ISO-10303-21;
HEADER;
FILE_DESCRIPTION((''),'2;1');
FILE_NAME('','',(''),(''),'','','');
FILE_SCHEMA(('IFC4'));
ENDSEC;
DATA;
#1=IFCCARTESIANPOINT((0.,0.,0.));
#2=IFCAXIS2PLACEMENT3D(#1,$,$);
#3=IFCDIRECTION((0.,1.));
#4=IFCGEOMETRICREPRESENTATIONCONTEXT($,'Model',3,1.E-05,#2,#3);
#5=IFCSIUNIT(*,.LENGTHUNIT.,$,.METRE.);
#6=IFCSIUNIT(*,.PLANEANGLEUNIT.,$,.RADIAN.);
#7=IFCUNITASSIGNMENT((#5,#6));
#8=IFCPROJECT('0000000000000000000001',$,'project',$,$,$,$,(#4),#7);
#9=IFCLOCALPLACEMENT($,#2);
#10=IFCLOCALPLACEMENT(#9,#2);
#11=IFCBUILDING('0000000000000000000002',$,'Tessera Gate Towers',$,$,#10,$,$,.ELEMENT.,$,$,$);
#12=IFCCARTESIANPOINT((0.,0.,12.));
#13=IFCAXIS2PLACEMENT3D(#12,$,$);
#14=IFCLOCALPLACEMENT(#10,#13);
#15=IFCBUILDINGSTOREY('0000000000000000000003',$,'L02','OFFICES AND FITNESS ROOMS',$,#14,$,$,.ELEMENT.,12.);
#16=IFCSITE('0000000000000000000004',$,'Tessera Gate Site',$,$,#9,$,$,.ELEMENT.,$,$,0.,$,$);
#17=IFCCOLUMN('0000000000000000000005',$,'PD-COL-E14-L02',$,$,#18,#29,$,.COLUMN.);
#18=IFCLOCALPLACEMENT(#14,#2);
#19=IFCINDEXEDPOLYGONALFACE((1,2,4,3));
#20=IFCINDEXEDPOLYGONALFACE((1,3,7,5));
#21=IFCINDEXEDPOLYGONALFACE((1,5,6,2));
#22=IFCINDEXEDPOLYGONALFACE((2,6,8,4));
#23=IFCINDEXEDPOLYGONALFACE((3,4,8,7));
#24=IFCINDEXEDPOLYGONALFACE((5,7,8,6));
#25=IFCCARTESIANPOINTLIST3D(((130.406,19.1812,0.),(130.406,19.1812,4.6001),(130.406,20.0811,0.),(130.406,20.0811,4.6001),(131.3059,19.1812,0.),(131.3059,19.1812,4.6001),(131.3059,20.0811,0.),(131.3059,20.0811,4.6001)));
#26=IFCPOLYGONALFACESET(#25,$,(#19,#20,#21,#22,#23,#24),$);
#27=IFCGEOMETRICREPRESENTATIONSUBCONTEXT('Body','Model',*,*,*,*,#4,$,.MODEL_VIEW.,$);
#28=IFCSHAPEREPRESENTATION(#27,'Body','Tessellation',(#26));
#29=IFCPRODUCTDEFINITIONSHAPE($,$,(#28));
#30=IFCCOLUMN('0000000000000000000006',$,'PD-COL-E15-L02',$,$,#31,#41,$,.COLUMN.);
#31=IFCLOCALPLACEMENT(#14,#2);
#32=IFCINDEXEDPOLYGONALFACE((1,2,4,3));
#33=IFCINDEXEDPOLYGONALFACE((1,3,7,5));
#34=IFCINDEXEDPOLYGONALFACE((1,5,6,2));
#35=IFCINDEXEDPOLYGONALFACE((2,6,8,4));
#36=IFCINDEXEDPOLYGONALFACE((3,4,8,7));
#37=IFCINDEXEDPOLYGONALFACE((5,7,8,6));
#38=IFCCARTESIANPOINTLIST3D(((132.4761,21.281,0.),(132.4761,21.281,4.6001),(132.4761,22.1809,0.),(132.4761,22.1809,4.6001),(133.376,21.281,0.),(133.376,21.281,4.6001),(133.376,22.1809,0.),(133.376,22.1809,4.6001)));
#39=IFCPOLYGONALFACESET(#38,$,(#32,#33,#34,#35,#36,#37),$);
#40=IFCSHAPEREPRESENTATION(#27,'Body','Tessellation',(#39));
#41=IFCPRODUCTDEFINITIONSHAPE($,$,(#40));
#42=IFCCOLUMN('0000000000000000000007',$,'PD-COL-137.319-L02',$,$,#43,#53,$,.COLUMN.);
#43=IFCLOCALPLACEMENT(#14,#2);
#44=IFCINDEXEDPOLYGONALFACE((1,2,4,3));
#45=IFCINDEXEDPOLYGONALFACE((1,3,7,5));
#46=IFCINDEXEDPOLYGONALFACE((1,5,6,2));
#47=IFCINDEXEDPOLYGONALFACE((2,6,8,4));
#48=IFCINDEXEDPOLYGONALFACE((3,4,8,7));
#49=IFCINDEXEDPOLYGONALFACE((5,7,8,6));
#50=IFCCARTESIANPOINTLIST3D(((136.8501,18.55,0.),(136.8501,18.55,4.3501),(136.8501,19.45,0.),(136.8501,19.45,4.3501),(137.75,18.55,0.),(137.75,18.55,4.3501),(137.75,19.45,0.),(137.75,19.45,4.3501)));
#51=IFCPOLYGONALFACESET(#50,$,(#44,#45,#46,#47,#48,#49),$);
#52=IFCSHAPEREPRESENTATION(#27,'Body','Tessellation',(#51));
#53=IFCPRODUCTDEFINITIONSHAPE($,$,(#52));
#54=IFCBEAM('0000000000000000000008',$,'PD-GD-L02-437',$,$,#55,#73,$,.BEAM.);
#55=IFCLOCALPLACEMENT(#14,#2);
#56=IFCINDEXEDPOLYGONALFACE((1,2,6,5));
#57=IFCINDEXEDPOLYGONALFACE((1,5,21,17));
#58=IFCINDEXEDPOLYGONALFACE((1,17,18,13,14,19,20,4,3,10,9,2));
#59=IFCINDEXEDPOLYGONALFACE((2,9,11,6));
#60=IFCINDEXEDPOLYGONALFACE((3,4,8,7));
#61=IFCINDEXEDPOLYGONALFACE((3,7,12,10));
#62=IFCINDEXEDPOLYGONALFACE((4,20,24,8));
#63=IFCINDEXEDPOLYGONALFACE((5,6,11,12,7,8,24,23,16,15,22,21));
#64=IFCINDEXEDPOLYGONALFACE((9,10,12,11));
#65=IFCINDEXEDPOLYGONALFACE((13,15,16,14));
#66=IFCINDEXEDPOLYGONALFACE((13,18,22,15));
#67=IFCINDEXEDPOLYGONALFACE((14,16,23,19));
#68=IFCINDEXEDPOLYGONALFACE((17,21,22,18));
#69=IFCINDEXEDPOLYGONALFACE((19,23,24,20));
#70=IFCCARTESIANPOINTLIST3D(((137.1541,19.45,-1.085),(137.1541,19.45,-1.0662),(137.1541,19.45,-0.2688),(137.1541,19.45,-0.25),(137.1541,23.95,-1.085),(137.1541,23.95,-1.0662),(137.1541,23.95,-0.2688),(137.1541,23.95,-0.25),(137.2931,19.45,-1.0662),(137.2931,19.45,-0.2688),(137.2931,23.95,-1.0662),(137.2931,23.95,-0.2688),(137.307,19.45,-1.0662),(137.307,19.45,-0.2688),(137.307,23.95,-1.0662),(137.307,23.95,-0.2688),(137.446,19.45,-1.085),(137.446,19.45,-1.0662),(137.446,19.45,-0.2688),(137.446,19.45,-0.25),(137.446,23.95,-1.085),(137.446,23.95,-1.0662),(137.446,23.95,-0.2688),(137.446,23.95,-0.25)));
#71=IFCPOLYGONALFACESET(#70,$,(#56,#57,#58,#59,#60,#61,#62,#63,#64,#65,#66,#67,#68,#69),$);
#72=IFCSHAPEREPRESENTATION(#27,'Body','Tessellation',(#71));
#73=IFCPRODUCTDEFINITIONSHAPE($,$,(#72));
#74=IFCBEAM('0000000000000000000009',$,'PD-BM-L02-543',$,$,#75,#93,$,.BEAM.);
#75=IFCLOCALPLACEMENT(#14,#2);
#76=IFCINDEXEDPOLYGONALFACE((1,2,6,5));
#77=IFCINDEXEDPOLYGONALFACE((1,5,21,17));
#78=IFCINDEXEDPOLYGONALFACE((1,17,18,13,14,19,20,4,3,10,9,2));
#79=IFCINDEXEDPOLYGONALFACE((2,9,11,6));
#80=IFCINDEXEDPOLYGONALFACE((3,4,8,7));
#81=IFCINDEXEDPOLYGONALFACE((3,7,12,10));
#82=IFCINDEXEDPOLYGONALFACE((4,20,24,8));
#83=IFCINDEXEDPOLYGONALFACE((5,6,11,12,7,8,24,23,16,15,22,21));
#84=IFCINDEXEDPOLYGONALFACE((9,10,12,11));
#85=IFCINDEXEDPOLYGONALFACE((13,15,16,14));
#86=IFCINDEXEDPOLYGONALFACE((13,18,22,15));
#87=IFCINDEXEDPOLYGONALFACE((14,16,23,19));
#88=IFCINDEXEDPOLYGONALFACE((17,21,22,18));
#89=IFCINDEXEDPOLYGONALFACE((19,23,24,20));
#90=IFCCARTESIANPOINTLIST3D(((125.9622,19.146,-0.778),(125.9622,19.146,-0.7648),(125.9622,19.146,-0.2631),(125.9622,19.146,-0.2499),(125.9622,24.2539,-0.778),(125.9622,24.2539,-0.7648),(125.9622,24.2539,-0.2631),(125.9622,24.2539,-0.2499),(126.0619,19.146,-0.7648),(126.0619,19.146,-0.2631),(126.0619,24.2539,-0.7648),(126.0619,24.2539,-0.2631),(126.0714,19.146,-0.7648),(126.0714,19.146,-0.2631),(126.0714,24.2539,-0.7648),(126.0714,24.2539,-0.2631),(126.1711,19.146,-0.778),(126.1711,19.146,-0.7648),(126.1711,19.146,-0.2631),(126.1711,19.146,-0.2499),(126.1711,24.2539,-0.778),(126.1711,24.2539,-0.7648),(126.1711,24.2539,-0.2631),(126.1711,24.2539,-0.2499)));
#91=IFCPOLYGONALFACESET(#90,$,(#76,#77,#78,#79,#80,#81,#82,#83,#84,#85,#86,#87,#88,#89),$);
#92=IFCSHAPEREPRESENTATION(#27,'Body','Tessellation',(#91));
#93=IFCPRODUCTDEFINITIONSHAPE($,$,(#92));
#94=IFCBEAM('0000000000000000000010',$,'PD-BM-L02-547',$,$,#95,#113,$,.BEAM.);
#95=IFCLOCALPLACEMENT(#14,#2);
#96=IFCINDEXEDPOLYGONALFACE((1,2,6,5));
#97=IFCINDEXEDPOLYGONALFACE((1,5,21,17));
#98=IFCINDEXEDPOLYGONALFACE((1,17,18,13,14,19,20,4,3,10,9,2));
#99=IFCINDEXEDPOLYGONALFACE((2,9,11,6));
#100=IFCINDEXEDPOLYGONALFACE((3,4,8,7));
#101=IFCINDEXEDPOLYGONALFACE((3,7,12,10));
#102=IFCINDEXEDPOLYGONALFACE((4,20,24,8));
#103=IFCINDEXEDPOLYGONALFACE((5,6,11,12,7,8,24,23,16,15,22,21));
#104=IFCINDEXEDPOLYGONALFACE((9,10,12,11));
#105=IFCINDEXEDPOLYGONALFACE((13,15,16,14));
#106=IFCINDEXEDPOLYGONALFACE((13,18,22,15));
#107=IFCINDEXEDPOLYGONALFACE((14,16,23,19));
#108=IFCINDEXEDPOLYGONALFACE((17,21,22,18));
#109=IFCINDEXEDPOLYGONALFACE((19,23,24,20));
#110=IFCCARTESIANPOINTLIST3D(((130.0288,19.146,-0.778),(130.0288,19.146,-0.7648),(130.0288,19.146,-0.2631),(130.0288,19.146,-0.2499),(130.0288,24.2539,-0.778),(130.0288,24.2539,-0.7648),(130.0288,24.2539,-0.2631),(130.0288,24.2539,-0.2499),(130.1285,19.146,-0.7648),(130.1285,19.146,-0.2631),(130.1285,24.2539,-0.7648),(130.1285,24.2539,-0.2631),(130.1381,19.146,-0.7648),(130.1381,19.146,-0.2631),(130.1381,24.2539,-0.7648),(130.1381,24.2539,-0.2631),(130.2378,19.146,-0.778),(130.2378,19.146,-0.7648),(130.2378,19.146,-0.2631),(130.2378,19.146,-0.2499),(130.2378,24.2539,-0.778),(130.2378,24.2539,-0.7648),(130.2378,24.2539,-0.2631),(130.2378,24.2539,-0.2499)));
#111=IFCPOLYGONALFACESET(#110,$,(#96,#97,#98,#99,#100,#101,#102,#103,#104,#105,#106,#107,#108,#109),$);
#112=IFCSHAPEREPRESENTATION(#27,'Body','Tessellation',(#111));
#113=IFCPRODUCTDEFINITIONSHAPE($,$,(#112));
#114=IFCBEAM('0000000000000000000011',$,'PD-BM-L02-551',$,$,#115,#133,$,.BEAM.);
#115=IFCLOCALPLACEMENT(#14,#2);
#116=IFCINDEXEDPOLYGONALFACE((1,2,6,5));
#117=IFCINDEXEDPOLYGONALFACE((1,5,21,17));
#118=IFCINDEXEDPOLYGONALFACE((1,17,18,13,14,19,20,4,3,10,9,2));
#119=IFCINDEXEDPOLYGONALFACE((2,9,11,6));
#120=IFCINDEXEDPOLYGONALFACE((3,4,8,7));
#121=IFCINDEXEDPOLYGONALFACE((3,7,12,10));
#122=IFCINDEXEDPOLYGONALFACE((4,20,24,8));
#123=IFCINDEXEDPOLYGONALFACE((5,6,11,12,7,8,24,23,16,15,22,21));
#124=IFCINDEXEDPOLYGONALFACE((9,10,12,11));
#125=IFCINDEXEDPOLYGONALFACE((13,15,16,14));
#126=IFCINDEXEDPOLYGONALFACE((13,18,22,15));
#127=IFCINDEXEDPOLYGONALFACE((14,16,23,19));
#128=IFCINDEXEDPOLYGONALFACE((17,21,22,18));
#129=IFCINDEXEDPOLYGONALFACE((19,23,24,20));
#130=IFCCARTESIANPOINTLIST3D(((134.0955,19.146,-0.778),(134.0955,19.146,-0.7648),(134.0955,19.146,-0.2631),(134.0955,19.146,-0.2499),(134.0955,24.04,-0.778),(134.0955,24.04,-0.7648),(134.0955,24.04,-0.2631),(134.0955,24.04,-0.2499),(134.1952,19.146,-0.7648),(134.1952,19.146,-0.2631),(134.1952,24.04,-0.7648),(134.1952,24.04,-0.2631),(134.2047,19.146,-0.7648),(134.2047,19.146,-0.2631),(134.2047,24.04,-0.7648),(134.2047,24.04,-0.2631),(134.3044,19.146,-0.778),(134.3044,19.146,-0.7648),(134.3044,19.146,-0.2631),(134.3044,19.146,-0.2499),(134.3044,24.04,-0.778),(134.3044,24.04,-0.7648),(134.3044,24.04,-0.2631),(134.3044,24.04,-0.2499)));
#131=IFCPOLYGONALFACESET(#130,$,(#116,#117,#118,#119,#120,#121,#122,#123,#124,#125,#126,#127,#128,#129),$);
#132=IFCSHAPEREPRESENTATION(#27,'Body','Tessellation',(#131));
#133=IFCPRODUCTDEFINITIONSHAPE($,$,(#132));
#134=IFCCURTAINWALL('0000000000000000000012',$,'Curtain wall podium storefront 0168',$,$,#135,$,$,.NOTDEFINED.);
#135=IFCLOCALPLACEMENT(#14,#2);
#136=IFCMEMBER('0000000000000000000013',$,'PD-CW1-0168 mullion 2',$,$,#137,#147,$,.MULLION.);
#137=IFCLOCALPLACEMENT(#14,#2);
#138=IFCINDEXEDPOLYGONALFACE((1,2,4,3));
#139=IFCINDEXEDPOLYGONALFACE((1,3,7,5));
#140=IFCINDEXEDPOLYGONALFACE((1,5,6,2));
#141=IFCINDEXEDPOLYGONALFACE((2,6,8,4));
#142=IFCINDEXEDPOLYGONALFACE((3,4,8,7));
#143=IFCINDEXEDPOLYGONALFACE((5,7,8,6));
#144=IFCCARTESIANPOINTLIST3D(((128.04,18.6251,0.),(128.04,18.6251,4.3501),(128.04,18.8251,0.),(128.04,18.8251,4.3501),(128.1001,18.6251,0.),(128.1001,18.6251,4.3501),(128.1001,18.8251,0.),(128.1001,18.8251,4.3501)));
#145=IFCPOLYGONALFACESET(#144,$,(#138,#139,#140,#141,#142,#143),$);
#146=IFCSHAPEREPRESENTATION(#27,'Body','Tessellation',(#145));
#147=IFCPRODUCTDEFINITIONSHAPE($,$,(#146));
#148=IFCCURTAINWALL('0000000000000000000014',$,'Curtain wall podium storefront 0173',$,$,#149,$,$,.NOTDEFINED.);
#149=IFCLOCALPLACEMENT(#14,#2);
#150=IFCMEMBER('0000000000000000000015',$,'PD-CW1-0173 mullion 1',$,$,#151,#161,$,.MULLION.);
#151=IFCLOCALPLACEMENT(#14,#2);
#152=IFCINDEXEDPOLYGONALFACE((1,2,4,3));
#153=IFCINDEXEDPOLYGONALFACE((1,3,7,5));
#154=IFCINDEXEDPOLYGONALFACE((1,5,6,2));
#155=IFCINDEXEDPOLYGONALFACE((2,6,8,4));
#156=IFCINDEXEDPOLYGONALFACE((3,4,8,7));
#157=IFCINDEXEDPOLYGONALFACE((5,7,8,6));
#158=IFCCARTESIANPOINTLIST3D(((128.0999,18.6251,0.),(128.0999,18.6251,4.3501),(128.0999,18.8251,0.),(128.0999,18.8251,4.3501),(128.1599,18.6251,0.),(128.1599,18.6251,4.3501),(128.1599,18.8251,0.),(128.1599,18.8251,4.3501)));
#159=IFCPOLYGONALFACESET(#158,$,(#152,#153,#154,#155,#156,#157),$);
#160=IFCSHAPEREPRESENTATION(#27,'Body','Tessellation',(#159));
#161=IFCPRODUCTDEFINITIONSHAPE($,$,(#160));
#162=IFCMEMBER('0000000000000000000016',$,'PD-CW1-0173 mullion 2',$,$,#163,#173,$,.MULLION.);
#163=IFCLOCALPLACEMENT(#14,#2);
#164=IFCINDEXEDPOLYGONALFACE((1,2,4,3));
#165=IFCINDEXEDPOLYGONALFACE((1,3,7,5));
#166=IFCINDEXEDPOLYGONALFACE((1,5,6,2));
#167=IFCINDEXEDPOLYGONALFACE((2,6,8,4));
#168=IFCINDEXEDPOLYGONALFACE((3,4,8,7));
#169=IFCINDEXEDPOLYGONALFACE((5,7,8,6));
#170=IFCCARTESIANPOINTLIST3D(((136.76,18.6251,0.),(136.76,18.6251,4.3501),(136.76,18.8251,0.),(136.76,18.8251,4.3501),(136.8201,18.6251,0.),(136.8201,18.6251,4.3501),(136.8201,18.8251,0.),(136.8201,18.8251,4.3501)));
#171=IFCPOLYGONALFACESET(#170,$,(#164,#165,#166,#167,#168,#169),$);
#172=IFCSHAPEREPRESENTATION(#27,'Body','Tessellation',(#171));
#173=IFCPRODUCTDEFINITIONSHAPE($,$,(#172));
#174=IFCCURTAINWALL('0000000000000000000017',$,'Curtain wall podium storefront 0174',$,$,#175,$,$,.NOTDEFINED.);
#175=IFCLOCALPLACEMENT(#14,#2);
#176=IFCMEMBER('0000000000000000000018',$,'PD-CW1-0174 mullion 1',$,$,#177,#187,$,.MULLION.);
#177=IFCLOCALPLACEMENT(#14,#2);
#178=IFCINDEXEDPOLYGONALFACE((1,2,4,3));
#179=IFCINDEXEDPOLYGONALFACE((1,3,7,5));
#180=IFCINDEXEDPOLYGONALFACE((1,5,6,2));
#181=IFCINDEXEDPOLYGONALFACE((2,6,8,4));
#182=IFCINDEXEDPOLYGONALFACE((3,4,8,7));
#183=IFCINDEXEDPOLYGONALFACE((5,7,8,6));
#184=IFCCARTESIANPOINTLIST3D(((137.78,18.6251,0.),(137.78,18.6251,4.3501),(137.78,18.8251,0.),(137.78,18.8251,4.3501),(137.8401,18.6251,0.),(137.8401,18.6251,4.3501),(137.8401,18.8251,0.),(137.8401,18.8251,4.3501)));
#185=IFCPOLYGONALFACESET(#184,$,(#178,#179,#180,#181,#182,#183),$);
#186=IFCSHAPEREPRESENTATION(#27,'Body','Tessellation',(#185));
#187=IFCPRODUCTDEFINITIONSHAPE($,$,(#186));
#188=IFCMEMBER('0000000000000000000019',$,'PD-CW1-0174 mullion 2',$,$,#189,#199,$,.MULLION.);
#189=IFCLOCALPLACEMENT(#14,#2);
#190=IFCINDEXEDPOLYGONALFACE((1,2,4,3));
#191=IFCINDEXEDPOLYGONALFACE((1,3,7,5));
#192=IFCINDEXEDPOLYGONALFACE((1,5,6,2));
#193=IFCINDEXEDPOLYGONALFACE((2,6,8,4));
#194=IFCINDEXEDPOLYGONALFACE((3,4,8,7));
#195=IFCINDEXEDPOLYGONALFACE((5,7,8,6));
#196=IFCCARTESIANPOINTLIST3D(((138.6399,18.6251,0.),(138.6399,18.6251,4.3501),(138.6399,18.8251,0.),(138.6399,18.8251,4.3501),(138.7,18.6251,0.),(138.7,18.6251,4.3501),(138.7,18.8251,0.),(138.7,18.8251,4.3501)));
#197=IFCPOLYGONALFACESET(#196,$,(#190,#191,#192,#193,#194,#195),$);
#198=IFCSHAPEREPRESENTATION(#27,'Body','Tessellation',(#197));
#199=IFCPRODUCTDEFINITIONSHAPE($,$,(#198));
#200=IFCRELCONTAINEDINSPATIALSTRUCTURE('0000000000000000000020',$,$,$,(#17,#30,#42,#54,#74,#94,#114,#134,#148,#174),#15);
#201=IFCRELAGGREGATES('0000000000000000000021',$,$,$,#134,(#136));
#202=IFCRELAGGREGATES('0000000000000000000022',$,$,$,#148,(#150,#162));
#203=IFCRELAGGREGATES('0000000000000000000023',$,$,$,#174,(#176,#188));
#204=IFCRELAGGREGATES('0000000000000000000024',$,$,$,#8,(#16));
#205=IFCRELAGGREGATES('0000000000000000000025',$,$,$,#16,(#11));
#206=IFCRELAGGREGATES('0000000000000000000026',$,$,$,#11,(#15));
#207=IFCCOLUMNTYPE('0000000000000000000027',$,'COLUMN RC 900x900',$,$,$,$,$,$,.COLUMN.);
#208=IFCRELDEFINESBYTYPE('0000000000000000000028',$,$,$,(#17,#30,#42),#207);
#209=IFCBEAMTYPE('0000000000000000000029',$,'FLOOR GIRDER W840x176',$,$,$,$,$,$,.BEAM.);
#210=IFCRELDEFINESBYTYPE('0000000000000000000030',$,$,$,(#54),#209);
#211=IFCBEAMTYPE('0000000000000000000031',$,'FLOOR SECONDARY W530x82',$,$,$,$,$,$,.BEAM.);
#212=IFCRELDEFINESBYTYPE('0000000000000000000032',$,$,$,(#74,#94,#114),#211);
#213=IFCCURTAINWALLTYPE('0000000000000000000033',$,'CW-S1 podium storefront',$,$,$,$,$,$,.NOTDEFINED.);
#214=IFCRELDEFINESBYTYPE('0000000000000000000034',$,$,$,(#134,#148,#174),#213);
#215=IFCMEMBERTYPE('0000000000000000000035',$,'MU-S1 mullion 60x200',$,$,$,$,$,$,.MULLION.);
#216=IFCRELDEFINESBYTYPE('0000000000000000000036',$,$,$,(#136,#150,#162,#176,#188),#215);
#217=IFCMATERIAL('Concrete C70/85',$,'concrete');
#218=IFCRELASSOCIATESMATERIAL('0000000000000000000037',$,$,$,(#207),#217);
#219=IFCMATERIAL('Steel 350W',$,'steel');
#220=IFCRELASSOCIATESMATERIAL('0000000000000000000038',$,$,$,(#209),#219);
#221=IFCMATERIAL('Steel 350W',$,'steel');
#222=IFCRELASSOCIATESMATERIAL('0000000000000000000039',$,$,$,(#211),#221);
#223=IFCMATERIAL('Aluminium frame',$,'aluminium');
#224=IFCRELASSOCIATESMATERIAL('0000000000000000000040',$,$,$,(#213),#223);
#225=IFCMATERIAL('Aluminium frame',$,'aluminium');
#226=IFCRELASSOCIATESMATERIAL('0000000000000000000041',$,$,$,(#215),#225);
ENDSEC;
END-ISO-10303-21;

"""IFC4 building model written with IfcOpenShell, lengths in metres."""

from ifc_helpers import new_model, si_unit, direction, frame, origin, origin_2d, place, context, subcontext, project, spatial, rectangle, i_section, extrude, material, material_profile, profile_set, type_object, element, aggregate, save


model = new_model("IFC4")

# Units and contexts
model_context = context("Model", 3, precision=1e-05, world=origin(), true_north=direction((0.0, 1.0)))
body_context = subcontext(model_context, "Body", "Model", "MODEL_VIEW")
ifc_project = project(units=[si_unit("LENGTHUNIT", "METRE"), si_unit("PLANEANGLEUNIT", "RADIAN")], contexts=[model_context])

# Site, building, storey
site_placement = place(None, origin())
site = spatial("IfcSite", under=ifc_project, at=site_placement, Name="Tessera Gate Site", CompositionType="ELEMENT", RefElevation=0.0)
building_placement = place(site_placement, origin())
building = spatial("IfcBuilding", under=site, at=building_placement, Name="Tessera Gate Towers", CompositionType="ELEMENT")
storey_placement = place(building_placement, frame((0.0, 0.0, 12.0)))
storey = spatial("IfcBuildingStorey", under=building, at=storey_placement, Name="L02", Description="OFFICES AND FITNESS ROOMS", CompositionType="ELEMENT", Elevation=12.0)

# Columns
ifc_material_1 = material(Name="Concrete C70/85", Category="concrete")
ifc_material_profile_1 = material_profile(ifc_material_1, rectangle(XDim=0.8999, YDim=0.8999, at=origin_2d()), Name="RC 900x900")
ifc_profile_set_1 = profile_set([ifc_material_profile_1], Name="Concrete C70/85")
column_type = type_object("IfcColumnType", Name="COLUMN RC 900x900", PredefinedType="COLUMN", material=ifc_profile_set_1)
for number, where, z_axis, x_axis, name in (
    (1, (130.856, 19.6311, 0.0), (0.0, 0.0, 1.0), (1.0, 0.0, 0.0), "PD-COL-E14-L02"),
    (2, (132.926, 21.731, 0.0), (0.0, 0.0, 1.0), (1.0, 0.0, 0.0), "PD-COL-E15-L02"),
):
    element("IfcColumn", number, at=place(storey_placement, frame(where, z_axis=z_axis, x_axis=x_axis)), inside=storey, type_object=column_type, Name=name, PredefinedType="COLUMN", context=body_context, shape_type="SweptSolid", body=[
        extrude(rectangle(XDim=0.8999, YDim=0.8999, at=origin_2d()), origin(), (0.0, 0.0, 1.0), 4.6001),
    ])
column_placement = place(storey_placement, frame((137.3, 19.0, 0.0), z_axis=(0.0, 0.0, 1.0), x_axis=(1.0, 0.0, 0.0)))
element("IfcColumn", 3, at=column_placement, inside=storey, type_object=column_type, Name="PD-COL-137.319-L02", PredefinedType="COLUMN", context=body_context, shape_type="SweptSolid", body=[
    extrude(rectangle(XDim=0.8999, YDim=0.8999, at=origin_2d()), origin(), (0.0, 0.0, 1.0), 4.3501),
])

# Beams
ifc_material_2 = material(Name="Steel 350W", Category="steel")
ifc_material_profile_2 = material_profile(ifc_material_2, i_section(OverallWidth=0.292, OverallDepth=0.835, WebThickness=0.0139, FlangeThickness=0.0188, at=origin_2d()), Name="W840x176")
ifc_profile_set_2 = profile_set([ifc_material_profile_2], Name="Steel 350W")
beam_type_1 = type_object("IfcBeamType", Name="FLOOR GIRDER W840x176", PredefinedType="BEAM", material=ifc_profile_set_2)
beam_1_placement = place(storey_placement, frame((137.3, 19.45, -0.6675), z_axis=(0.0, 1.0, 0.0), x_axis=(-1.0, 0.0, 0.0)))
element("IfcBeam", 4, at=beam_1_placement, inside=storey, type_object=beam_type_1, Name="PD-GD-L02-437", PredefinedType="BEAM", context=body_context, shape_type="SweptSolid", body=[
    extrude(i_section(OverallWidth=0.292, OverallDepth=0.835, WebThickness=0.0139, FlangeThickness=0.0188, at=origin_2d()), origin(), (0.0, 0.0, 1.0), 4.5),
])
ifc_material_3 = material(Name="Steel 350W", Category="steel")
ifc_material_profile_3 = material_profile(ifc_material_3, i_section(OverallWidth=0.209, OverallDepth=0.5281, WebThickness=0.0095, FlangeThickness=0.0132, at=origin_2d()), Name="W530x82")
ifc_profile_set_3 = profile_set([ifc_material_profile_3], Name="Steel 350W")
beam_type_2 = type_object("IfcBeamType", Name="FLOOR SECONDARY W530x82", PredefinedType="BEAM", material=ifc_profile_set_3)
for number, where, z_axis, x_axis, name in (
    (5, (126.0667, 19.146, -0.5139), (0.0, 1.0, 0.0), (-1.0, 0.0, 0.0), "PD-BM-L02-543"),
    (6, (130.1333, 19.146, -0.5139), (0.0, 1.0, 0.0), (-1.0, 0.0, 0.0), "PD-BM-L02-547"),
):
    element("IfcBeam", number, at=place(storey_placement, frame(where, z_axis=z_axis, x_axis=x_axis)), inside=storey, type_object=beam_type_2, Name=name, PredefinedType="BEAM", context=body_context, shape_type="SweptSolid", body=[
        extrude(i_section(OverallWidth=0.209, OverallDepth=0.5281, WebThickness=0.0095, FlangeThickness=0.0132, at=origin_2d()), origin(), (0.0, 0.0, 1.0), 5.1079),
    ])
beam_2_placement = place(storey_placement, frame((134.2, 19.146, -0.5139), z_axis=(0.0, 1.0, 0.0), x_axis=(-1.0, 0.0, 0.0)))
element("IfcBeam", 7, at=beam_2_placement, inside=storey, type_object=beam_type_2, Name="PD-BM-L02-551", PredefinedType="BEAM", context=body_context, shape_type="SweptSolid", body=[
    extrude(i_section(OverallWidth=0.209, OverallDepth=0.5281, WebThickness=0.0095, FlangeThickness=0.0132, at=origin_2d()), origin(), (0.0, 0.0, 1.0), 4.894),
])

# Curtain wall, member
ifc_material_4 = material(Name="Aluminium frame", Category="aluminium")
curtain_wall_type = type_object("IfcCurtainWallType", Name="CW-S1 podium storefront", PredefinedType="NOTDEFINED", material=ifc_material_4)
curtain_wall_1_placement = place(storey_placement, origin())
curtain_wall_1 = element("IfcCurtainWall", 8, at=curtain_wall_1_placement, inside=storey, type_object=curtain_wall_type, Name="Curtain wall podium storefront 0168", PredefinedType="NOTDEFINED")
ifc_material_5 = material(Name="Aluminium frame", Category="aluminium")
ifc_material_profile_4 = material_profile(ifc_material_5, rectangle(XDim=0.0601, YDim=0.2, at=origin_2d()), Name="AL 60x200")
ifc_profile_set_4 = profile_set([ifc_material_profile_4], Name="Aluminium frame")
member_type_1 = type_object("IfcMemberType", Name="MU-S1 mullion 60x200", PredefinedType="MULLION", material=ifc_profile_set_4)
member_1_placement = place(storey_placement, frame((128.0701, 18.7251, 0.0), z_axis=(0.0, 0.0, 1.0), x_axis=(1.0, 0.0, 0.0)))
member_1 = element("IfcMember", 9, at=member_1_placement, type_object=member_type_1, Name="PD-CW1-0168 mullion 2", PredefinedType="MULLION", context=body_context, shape_type="SweptSolid", body=[
    extrude(rectangle(XDim=0.0601, YDim=0.2, at=origin_2d()), origin(), (0.0, 0.0, 1.0), 4.3501),
])

# Curtain walls, members
curtain_wall_2_placement = place(storey_placement, origin())
curtain_wall_2 = element("IfcCurtainWall", 10, at=curtain_wall_2_placement, inside=storey, type_object=curtain_wall_type, Name="Curtain wall podium storefront 0173", PredefinedType="NOTDEFINED")
member_2_placement = place(storey_placement, frame((128.1299, 18.7251, 0.0), z_axis=(0.0, 0.0, 1.0), x_axis=(1.0, 0.0, 0.0)))
member_2 = element("IfcMember", 11, at=member_2_placement, type_object=member_type_1, Name="PD-CW1-0173 mullion 1", PredefinedType="MULLION", context=body_context, shape_type="SweptSolid", body=[
    extrude(rectangle(XDim=0.0601, YDim=0.2, at=origin_2d()), origin(), (0.0, 0.0, 1.0), 4.3501),
])
member_3_placement = place(storey_placement, frame((136.79, 18.7251, 0.0), z_axis=(0.0, 0.0, 1.0), x_axis=(1.0, 0.0, 0.0)))
member_3 = element("IfcMember", 12, at=member_3_placement, type_object=member_type_1, Name="PD-CW1-0173 mullion 2", PredefinedType="MULLION", context=body_context, shape_type="SweptSolid", body=[
    extrude(rectangle(XDim=0.0601, YDim=0.2, at=origin_2d()), origin(), (0.0, 0.0, 1.0), 4.3501),
])
curtain_wall_3_placement = place(storey_placement, origin())
curtain_wall_3 = element("IfcCurtainWall", 13, at=curtain_wall_3_placement, inside=storey, type_object=curtain_wall_type, Name="Curtain wall podium storefront 0174", PredefinedType="NOTDEFINED")
member_4_placement = place(storey_placement, frame((137.8101, 18.7251, 0.0), z_axis=(0.0, 0.0, 1.0), x_axis=(1.0, 0.0, 0.0)))
member_4 = element("IfcMember", 14, at=member_4_placement, type_object=member_type_1, Name="PD-CW1-0174 mullion 1", PredefinedType="MULLION", context=body_context, shape_type="SweptSolid", body=[
    extrude(rectangle(XDim=0.0601, YDim=0.2, at=origin_2d()), origin(), (0.0, 0.0, 1.0), 4.3501),
])
member_5_placement = place(storey_placement, frame((138.6699, 18.7251, 0.0), z_axis=(0.0, 0.0, 1.0), x_axis=(1.0, 0.0, 0.0)))
member_5 = element("IfcMember", 15, at=member_5_placement, type_object=member_type_1, Name="PD-CW1-0174 mullion 2", PredefinedType="MULLION", context=body_context, shape_type="SweptSolid", body=[
    extrude(rectangle(XDim=0.0601, YDim=0.2, at=origin_2d()), origin(), (0.0, 0.0, 1.0), 4.3501),
])

aggregate(curtain_wall_1, [member_1])
aggregate(curtain_wall_2, [member_2, member_3])
aggregate(curtain_wall_3, [member_4, member_5])

save(model, "model.ifc")
